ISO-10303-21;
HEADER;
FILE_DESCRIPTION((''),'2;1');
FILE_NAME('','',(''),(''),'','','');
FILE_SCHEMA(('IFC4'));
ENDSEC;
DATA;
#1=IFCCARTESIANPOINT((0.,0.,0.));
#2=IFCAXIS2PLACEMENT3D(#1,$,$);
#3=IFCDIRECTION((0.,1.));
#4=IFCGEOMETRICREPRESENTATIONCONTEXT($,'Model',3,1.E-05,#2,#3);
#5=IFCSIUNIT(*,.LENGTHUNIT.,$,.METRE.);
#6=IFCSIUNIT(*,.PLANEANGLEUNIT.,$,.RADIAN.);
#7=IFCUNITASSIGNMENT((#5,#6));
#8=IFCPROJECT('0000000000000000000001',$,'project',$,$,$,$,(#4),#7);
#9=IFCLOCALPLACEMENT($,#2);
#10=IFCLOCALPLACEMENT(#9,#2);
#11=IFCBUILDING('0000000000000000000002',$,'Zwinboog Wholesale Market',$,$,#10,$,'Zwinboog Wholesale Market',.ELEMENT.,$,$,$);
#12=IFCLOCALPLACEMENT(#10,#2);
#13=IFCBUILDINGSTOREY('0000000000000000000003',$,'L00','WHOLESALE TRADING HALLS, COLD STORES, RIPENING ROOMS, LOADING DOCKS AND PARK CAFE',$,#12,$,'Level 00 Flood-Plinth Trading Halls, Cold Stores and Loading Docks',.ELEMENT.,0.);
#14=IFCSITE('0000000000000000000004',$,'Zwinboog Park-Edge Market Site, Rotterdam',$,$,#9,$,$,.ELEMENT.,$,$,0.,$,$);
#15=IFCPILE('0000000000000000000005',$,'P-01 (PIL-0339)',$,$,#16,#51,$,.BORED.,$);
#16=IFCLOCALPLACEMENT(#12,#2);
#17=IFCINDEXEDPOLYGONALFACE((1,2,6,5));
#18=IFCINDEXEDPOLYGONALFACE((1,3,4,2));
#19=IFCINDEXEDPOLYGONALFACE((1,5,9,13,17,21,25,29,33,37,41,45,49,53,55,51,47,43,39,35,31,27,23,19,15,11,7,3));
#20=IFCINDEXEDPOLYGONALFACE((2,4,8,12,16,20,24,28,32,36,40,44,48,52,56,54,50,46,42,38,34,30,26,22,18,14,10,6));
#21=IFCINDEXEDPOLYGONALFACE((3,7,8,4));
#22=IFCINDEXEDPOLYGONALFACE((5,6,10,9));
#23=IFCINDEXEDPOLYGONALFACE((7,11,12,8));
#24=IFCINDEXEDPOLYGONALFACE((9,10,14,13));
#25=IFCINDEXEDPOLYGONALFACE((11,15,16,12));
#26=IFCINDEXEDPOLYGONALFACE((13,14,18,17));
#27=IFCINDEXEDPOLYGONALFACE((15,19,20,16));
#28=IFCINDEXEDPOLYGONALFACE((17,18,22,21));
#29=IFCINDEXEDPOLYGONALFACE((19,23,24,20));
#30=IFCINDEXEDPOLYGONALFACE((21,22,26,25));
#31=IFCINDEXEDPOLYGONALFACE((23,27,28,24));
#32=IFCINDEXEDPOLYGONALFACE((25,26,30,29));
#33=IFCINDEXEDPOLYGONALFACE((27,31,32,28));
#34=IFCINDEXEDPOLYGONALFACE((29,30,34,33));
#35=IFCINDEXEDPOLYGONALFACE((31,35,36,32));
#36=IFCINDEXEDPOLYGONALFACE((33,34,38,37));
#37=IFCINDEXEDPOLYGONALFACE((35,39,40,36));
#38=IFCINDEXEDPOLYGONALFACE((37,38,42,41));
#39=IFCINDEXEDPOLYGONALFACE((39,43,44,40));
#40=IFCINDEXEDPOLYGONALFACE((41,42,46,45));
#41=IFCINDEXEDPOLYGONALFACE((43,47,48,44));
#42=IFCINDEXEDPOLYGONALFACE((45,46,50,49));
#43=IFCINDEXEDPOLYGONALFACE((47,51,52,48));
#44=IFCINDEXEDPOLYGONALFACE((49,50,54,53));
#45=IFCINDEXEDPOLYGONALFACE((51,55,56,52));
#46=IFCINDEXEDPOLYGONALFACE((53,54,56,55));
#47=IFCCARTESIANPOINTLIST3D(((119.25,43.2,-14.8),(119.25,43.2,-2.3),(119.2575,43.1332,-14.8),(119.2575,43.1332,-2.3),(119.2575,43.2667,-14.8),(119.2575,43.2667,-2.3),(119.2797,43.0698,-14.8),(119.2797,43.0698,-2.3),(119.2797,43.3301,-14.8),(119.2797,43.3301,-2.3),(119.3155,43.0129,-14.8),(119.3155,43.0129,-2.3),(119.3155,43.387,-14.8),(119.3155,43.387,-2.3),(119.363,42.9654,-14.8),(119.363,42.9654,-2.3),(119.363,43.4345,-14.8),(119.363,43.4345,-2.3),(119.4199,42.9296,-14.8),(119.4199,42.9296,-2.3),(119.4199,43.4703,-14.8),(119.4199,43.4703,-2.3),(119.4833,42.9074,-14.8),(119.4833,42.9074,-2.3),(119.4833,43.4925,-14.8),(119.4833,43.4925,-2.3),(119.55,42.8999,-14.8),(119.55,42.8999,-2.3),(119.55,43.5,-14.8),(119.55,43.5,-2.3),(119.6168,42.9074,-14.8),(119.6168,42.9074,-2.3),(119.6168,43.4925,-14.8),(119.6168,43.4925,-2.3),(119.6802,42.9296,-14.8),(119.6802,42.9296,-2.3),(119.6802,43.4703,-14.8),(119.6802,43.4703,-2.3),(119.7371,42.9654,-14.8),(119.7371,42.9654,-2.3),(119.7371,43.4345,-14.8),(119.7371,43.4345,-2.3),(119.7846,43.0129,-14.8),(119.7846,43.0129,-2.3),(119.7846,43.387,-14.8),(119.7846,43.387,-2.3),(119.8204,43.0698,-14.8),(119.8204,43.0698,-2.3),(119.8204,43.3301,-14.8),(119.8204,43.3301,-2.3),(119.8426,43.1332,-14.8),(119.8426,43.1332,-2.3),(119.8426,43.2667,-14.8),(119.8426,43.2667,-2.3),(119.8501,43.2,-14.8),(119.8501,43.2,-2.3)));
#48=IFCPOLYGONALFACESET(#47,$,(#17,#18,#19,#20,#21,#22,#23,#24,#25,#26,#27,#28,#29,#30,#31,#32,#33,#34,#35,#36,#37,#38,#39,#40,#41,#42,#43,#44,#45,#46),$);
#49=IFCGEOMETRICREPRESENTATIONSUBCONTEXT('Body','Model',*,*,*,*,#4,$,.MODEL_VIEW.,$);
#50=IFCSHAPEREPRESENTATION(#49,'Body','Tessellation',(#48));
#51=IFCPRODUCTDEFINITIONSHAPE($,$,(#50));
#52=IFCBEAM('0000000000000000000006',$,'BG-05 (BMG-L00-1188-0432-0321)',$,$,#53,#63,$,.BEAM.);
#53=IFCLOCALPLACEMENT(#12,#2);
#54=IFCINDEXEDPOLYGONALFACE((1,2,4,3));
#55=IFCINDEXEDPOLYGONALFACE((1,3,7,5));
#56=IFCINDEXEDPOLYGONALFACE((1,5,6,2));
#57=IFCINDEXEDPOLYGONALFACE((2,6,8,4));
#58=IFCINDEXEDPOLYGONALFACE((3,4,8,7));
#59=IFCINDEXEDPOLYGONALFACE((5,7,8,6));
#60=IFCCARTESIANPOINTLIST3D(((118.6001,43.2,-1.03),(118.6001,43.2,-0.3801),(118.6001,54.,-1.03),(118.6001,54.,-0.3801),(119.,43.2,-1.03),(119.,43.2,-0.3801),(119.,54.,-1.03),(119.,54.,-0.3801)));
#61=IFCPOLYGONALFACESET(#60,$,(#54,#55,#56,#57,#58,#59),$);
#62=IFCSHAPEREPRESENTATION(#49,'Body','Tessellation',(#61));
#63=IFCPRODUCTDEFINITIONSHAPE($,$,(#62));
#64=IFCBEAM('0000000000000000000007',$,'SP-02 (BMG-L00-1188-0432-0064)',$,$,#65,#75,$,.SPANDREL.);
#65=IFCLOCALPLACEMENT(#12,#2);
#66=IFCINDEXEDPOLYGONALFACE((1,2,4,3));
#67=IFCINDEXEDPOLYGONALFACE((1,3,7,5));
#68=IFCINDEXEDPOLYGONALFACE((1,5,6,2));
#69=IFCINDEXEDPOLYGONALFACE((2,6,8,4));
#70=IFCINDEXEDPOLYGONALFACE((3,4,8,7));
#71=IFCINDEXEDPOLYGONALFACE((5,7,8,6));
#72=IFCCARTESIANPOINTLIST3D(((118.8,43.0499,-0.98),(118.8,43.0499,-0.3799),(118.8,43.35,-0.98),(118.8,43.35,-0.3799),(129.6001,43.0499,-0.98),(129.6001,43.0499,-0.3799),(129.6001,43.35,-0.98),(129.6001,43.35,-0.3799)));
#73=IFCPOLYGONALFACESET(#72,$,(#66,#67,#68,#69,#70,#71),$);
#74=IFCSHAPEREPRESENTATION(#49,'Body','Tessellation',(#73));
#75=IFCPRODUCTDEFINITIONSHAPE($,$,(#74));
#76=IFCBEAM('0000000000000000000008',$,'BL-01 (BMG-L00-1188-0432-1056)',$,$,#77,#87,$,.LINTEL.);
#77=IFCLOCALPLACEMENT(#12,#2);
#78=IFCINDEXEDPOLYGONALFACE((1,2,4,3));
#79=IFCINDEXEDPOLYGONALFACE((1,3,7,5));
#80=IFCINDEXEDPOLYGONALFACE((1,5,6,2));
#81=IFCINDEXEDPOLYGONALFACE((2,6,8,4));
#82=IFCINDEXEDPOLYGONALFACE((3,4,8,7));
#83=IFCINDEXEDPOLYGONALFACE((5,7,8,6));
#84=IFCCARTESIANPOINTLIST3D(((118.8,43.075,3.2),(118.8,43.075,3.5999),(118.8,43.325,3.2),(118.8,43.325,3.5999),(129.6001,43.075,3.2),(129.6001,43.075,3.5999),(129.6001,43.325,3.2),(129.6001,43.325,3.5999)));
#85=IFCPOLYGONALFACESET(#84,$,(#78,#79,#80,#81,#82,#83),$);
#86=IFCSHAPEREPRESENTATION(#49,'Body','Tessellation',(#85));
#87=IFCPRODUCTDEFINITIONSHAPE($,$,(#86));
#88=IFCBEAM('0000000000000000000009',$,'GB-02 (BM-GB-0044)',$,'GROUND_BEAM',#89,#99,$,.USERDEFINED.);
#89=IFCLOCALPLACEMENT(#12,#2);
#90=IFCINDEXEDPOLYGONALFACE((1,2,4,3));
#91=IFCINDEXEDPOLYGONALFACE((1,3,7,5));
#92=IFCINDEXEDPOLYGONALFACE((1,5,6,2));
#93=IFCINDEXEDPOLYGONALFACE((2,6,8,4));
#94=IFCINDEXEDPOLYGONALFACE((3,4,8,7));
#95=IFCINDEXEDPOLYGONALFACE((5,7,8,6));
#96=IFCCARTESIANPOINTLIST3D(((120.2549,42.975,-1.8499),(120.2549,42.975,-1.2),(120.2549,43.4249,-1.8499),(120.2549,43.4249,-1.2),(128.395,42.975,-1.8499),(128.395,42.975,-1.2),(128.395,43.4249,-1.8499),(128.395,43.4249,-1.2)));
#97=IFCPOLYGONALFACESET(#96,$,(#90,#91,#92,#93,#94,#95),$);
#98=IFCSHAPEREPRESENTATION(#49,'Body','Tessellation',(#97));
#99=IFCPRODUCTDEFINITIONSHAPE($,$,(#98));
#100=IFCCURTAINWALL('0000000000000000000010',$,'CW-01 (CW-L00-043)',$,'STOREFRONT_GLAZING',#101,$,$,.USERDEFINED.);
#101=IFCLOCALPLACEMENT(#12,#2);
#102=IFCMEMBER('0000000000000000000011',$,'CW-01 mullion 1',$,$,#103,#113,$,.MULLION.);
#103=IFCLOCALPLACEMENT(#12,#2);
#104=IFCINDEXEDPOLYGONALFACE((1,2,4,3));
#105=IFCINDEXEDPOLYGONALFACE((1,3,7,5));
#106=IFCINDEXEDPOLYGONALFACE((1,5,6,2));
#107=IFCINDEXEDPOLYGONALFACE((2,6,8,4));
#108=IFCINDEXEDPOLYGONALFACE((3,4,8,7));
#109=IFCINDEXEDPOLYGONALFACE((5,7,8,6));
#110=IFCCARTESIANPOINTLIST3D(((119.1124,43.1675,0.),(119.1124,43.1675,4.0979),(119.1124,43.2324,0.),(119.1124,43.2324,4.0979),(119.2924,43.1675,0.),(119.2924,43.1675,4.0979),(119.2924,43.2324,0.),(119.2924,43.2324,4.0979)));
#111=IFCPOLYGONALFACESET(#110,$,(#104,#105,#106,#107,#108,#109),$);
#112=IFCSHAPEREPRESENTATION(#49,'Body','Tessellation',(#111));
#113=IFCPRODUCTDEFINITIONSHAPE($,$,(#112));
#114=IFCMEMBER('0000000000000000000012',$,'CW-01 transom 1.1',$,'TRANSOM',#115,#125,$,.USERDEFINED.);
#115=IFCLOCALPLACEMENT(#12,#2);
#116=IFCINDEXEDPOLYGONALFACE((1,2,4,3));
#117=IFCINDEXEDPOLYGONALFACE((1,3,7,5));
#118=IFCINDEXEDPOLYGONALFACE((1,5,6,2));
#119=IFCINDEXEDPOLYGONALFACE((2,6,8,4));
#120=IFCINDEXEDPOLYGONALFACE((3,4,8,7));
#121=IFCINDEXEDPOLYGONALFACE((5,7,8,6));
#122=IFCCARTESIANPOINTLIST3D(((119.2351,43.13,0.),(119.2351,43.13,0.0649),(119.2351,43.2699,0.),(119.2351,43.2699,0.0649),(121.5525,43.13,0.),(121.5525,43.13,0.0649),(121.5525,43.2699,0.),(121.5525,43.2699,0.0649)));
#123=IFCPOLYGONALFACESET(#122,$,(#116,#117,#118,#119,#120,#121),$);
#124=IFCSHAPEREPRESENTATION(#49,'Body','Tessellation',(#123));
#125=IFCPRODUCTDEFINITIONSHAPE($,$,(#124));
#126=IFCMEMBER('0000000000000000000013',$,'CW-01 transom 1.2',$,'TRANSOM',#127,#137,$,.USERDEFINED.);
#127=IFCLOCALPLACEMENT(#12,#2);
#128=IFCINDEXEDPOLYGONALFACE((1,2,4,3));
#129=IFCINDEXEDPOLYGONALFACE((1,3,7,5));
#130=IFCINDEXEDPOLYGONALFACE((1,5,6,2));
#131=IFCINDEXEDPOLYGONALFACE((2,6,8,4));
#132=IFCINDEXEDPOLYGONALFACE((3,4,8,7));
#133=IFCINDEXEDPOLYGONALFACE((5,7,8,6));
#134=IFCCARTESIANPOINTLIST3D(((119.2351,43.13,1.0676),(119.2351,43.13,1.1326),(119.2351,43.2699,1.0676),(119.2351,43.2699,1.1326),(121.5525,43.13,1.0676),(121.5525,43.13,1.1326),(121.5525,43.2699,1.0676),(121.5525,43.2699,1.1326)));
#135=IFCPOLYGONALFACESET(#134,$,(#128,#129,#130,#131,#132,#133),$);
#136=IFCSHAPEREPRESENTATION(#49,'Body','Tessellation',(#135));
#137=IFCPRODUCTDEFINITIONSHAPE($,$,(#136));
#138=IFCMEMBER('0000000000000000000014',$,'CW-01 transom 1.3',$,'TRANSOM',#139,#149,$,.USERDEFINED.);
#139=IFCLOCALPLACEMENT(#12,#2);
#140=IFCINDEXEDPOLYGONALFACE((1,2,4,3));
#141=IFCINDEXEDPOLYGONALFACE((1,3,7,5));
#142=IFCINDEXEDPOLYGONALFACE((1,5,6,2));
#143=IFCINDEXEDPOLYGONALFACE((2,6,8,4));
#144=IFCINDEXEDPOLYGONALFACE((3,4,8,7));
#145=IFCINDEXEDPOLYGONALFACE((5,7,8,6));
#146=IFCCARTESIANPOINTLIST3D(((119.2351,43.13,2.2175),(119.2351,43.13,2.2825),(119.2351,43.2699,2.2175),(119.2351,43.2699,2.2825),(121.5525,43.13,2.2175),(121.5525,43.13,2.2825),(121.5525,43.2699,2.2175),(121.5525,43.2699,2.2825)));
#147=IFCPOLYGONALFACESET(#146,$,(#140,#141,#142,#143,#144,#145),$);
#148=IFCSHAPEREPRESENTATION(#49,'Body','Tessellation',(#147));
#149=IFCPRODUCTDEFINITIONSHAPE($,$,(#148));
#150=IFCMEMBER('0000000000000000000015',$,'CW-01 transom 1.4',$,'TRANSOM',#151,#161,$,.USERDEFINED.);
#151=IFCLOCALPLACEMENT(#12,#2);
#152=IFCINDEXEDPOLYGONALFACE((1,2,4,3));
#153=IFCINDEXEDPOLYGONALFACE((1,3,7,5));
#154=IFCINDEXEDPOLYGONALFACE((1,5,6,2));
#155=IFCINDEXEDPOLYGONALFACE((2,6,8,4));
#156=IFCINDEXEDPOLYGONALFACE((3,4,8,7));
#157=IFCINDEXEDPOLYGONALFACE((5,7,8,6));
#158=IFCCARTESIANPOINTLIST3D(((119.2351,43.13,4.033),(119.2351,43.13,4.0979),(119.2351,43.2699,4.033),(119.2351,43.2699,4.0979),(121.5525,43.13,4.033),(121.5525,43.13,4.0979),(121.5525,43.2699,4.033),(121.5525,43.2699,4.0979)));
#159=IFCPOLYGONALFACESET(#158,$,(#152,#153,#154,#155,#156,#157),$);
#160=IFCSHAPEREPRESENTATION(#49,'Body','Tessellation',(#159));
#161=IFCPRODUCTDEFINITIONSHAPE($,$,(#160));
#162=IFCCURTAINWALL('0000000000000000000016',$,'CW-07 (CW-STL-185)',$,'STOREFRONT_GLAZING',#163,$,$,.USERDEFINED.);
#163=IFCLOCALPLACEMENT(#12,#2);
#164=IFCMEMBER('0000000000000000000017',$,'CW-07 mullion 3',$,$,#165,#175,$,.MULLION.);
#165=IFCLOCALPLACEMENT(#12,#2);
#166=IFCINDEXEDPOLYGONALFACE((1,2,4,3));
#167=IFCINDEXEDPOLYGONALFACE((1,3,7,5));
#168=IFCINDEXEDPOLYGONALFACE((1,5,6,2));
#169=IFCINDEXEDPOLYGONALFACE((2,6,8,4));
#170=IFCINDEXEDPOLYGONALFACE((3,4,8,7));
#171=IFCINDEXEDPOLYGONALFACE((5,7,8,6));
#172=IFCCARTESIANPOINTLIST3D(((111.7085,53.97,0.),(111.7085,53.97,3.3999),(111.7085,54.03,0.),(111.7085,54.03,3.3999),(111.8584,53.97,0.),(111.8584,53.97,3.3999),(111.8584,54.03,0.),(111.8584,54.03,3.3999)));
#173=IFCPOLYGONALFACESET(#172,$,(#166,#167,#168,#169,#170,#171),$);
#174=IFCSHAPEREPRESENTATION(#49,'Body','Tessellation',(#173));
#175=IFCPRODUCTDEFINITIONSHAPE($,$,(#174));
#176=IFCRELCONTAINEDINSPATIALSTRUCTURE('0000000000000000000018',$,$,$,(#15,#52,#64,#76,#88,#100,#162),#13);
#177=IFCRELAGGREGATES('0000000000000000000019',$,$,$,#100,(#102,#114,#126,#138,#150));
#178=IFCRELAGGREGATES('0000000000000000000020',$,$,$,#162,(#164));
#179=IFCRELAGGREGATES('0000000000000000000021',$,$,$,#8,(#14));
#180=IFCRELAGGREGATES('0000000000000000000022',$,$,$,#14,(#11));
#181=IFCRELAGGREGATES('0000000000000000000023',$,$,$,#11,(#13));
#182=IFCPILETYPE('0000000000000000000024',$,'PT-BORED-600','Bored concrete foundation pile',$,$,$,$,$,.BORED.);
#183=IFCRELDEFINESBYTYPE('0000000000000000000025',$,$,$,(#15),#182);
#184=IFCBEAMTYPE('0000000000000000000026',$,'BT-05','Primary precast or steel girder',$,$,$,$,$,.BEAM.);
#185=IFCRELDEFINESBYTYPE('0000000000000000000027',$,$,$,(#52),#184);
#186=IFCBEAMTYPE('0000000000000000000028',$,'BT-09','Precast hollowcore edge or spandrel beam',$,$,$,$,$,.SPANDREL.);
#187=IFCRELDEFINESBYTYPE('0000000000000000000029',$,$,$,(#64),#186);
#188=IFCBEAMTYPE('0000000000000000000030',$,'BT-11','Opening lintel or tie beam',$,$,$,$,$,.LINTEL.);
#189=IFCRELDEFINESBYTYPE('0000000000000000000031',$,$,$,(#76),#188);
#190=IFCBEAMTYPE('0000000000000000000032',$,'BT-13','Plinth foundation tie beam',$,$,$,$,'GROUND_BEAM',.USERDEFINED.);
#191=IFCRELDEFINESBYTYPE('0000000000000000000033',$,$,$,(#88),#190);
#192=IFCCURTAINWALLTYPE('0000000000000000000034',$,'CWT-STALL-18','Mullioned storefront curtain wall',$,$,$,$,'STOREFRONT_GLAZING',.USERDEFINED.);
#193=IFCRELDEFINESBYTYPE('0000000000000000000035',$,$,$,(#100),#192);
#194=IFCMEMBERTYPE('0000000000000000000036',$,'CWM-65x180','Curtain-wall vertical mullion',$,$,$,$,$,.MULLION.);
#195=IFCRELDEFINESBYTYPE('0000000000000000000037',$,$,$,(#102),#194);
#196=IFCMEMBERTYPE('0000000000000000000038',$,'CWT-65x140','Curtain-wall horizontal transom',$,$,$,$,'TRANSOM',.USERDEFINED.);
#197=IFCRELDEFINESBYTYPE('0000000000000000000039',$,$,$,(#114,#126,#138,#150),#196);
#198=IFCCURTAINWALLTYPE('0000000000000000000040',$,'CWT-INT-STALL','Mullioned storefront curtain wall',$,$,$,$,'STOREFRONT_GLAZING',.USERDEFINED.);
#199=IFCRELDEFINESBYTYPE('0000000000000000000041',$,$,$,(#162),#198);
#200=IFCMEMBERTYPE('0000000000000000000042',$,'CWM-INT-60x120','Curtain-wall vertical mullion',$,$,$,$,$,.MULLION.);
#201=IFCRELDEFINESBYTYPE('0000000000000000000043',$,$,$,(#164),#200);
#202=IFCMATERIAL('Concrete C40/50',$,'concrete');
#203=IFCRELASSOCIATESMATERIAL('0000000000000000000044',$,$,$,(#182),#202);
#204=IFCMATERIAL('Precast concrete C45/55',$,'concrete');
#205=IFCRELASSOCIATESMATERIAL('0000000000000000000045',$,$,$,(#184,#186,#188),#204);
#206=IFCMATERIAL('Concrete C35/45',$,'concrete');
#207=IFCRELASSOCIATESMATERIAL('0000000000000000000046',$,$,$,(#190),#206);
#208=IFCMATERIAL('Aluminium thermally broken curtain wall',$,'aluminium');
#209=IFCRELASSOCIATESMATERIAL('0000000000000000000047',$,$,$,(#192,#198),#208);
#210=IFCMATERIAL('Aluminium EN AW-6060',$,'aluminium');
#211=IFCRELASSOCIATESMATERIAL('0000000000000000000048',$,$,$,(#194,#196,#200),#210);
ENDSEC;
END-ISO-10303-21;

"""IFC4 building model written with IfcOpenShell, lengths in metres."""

from ifc_helpers import new_model, si_unit, direction, frame, origin, origin_2d, place, context, subcontext, project, spatial, rectangle, circle, extrude, material, material_profile, profile_set, type_object, element, aggregate, save


model = new_model("IFC4")

# Units and contexts
model_context = context("Model", 3, precision=1e-05, world=origin(), true_north=direction((0.0, 1.0)))
body_context = subcontext(model_context, "Body", "Model", "MODEL_VIEW")
ifc_project = project(units=[si_unit("LENGTHUNIT", "METRE"), si_unit("PLANEANGLEUNIT", "RADIAN")], contexts=[model_context])

# Site, building, storey
site_placement = place(None, origin())
site = spatial("IfcSite", under=ifc_project, at=site_placement, Name="Zwinboog Park-Edge Market Site, Rotterdam", CompositionType="ELEMENT", RefElevation=0.0)
building_placement = place(site_placement, origin())
building = spatial("IfcBuilding", under=site, at=building_placement, Name="Zwinboog Wholesale Market", LongName="Zwinboog Wholesale Market", CompositionType="ELEMENT")
storey_placement = place(building_placement, origin())
storey = spatial("IfcBuildingStorey", under=building, at=storey_placement, Name="L00", Description="WHOLESALE TRADING HALLS, COLD STORES, RIPENING ROOMS, LOADING DOCKS AND PARK CAFE", LongName="Level 00 Flood-Plinth Trading Halls, Cold Stores and Loading Docks", CompositionType="ELEMENT", Elevation=0.0)

# Pile
ifc_material_1 = material(Name="Concrete C40/50", Category="concrete")
ifc_material_profile_1 = material_profile(ifc_material_1, circle(Radius=0.3, at=origin_2d()), Name="PILE D600")
ifc_profile_set_1 = profile_set([ifc_material_profile_1], Name="Concrete C40/50")
pile_type = type_object("IfcPileType", Name="PT-BORED-600", Description="Bored concrete foundation pile", PredefinedType="BORED", material=ifc_profile_set_1)
pile_placement = place(storey_placement, frame((119.55, 43.2, -2.3), z_axis=(0.0, 0.0, -1.0), x_axis=(1.0, 0.0, 0.0)))
element("IfcPile", 1, at=pile_placement, inside=storey, type_object=pile_type, Name="P-01 (PIL-0339)", PredefinedType="BORED", context=body_context, shape_type="SweptSolid", body=[
    extrude(circle(Radius=0.3, at=origin_2d()), origin(), (0.0, 0.0, 1.0), 12.5),
])

# Beams
ifc_material_2 = material(Name="Precast concrete C45/55", Category="concrete")
ifc_material_profile_2 = material_profile(ifc_material_2, rectangle(XDim=0.3999, YDim=0.6499, at=origin_2d()), Name="PC 400x650")
ifc_profile_set_2 = profile_set([ifc_material_profile_2], Name="Precast concrete C45/55")
beam_type_1 = type_object("IfcBeamType", Name="BT-05", Description="Primary precast or steel girder", PredefinedType="BEAM", material=ifc_profile_set_2)
beam_1_placement = place(storey_placement, frame((118.8, 43.2, -0.7051), z_axis=(0.0, 1.0, 0.0), x_axis=(-1.0, 0.0, 0.0)))
element("IfcBeam", 2, at=beam_1_placement, inside=storey, type_object=beam_type_1, Name="BG-05 (BMG-L00-1188-0432-0321)", PredefinedType="BEAM", context=body_context, shape_type="SweptSolid", body=[
    extrude(rectangle(XDim=0.3999, YDim=0.6499, at=origin_2d()), origin(), (0.0, 0.0, 1.0), 10.8),
])
ifc_material_profile_3 = material_profile(ifc_material_2, rectangle(XDim=0.3, YDim=0.6001, at=origin_2d()), Name="PC 300x600")
ifc_profile_set_3 = profile_set([ifc_material_profile_3], Name="Precast concrete C45/55")
beam_type_2 = type_object("IfcBeamType", Name="BT-09", Description="Precast hollowcore edge or spandrel beam", PredefinedType="SPANDREL", material=ifc_profile_set_3)
beam_2_placement = place(storey_placement, frame((118.8, 43.2, -0.6799), z_axis=(1.0, 0.0, 0.0), x_axis=(0.0, 1.0, 0.0)))
element("IfcBeam", 3, at=beam_2_placement, inside=storey, type_object=beam_type_2, Name="SP-02 (BMG-L00-1188-0432-0064)", PredefinedType="SPANDREL", context=body_context, shape_type="SweptSolid", body=[
    extrude(rectangle(XDim=0.3, YDim=0.6001, at=origin_2d()), origin(), (0.0, 0.0, 1.0), 10.8),
])
ifc_material_profile_4 = material_profile(ifc_material_2, rectangle(XDim=0.25, YDim=0.3999, at=origin_2d()), Name="PC 250x400")
ifc_profile_set_4 = profile_set([ifc_material_profile_4], Name="Precast concrete C45/55")
beam_type_3 = type_object("IfcBeamType", Name="BT-11", Description="Opening lintel or tie beam", PredefinedType="LINTEL", material=ifc_profile_set_4)
beam_3_placement = place(storey_placement, frame((118.8, 43.2, 3.3999), z_axis=(1.0, 0.0, 0.0), x_axis=(0.0, 1.0, 0.0)))
element("IfcBeam", 4, at=beam_3_placement, inside=storey, type_object=beam_type_3, Name="BL-01 (BMG-L00-1188-0432-1056)", PredefinedType="LINTEL", context=body_context, shape_type="SweptSolid", body=[
    extrude(rectangle(XDim=0.25, YDim=0.3999, at=origin_2d()), origin(), (0.0, 0.0, 1.0), 10.8),
])
ifc_material_3 = material(Name="Concrete C35/45", Category="concrete")
ifc_material_profile_5 = material_profile(ifc_material_3, rectangle(XDim=0.45, YDim=0.6499, at=origin_2d()), Name="RC 450x650")
ifc_profile_set_5 = profile_set([ifc_material_profile_5], Name="Concrete C35/45")
beam_type_4 = type_object("IfcBeamType", Name="BT-13", Description="Plinth foundation tie beam", ElementType="GROUND_BEAM", PredefinedType="USERDEFINED", material=ifc_profile_set_5)
beam_4_placement = place(storey_placement, frame((120.2549, 43.2, -1.5249), z_axis=(1.0, 0.0, 0.0), x_axis=(0.0, 1.0, 0.0)))
element("IfcBeam", 5, at=beam_4_placement, inside=storey, type_object=beam_type_4, Name="GB-02 (BM-GB-0044)", ObjectType="GROUND_BEAM", PredefinedType="USERDEFINED", context=body_context, shape_type="SweptSolid", body=[
    extrude(rectangle(XDim=0.45, YDim=0.6499, at=origin_2d()), origin(), (0.0, 0.0, 1.0), 8.1401),
])

# Curtain walls, members
ifc_material_4 = material(Name="Aluminium thermally broken curtain wall", Category="aluminium")
curtain_wall_type_1 = type_object("IfcCurtainWallType", Name="CWT-STALL-18", Description="Mullioned storefront curtain wall", ElementType="STOREFRONT_GLAZING", PredefinedType="USERDEFINED", material=ifc_material_4)
curtain_wall_1_placement = place(storey_placement, origin())
curtain_wall_1 = element("IfcCurtainWall", 6, at=curtain_wall_1_placement, inside=storey, type_object=curtain_wall_type_1, Name="CW-01 (CW-L00-043)", ObjectType="STOREFRONT_GLAZING", PredefinedType="USERDEFINED")
ifc_material_5 = material(Name="Aluminium EN AW-6060", Category="aluminium")
ifc_material_profile_6 = material_profile(ifc_material_5, rectangle(XDim=0.0649, YDim=0.1799, at=origin_2d()), Name="AL 65x180")
ifc_profile_set_6 = profile_set([ifc_material_profile_6], Name="Aluminium EN AW-6060")
member_type_1 = type_object("IfcMemberType", Name="CWM-65x180", Description="Curtain-wall vertical mullion", PredefinedType="MULLION", material=ifc_profile_set_6)
member_1_placement = place(storey_placement, frame((119.2024, 43.2, 0.0), z_axis=(0.0, 0.0, 1.0), x_axis=(0.0, 1.0, 0.0)))
member_1 = element("IfcMember", 7, at=member_1_placement, type_object=member_type_1, Name="CW-01 mullion 1", PredefinedType="MULLION", context=body_context, shape_type="SweptSolid", body=[
    extrude(rectangle(XDim=0.0649, YDim=0.1799, at=origin_2d()), origin(), (0.0, 0.0, 1.0), 4.0979),
])
ifc_material_profile_7 = material_profile(ifc_material_5, rectangle(XDim=0.1399, YDim=0.0649, at=origin_2d()), Name="AL 65x140")
ifc_profile_set_7 = profile_set([ifc_material_profile_7], Name="Aluminium EN AW-6060")
member_type_2 = type_object("IfcMemberType", Name="CWT-65x140", Description="Curtain-wall horizontal transom", ElementType="TRANSOM", PredefinedType="USERDEFINED", material=ifc_profile_set_7)
member_2_placement = place(storey_placement, frame((119.2351, 43.2, 0.0325), z_axis=(1.0, 0.0, 0.0), x_axis=(0.0, 1.0, 0.0)))
member_2 = element("IfcMember", 8, at=member_2_placement, type_object=member_type_2, Name="CW-01 transom 1.1", ObjectType="TRANSOM", PredefinedType="USERDEFINED", context=body_context, shape_type="SweptSolid", body=[
    extrude(rectangle(XDim=0.1399, YDim=0.0649, at=origin_2d()), origin(), (0.0, 0.0, 1.0), 2.3174),
])
member_3_placement = place(storey_placement, frame((119.2351, 43.2, 1.1001), z_axis=(1.0, 0.0, 0.0), x_axis=(0.0, 1.0, 0.0)))
member_3 = element("IfcMember", 9, at=member_3_placement, type_object=member_type_2, Name="CW-01 transom 1.2", ObjectType="TRANSOM", PredefinedType="USERDEFINED", context=body_context, shape_type="SweptSolid", body=[
    extrude(rectangle(XDim=0.1399, YDim=0.0649, at=origin_2d()), origin(), (0.0, 0.0, 1.0), 2.3174),
])
member_4_placement = place(storey_placement, frame((119.2351, 43.2, 2.25), z_axis=(1.0, 0.0, 0.0), x_axis=(0.0, 1.0, 0.0)))
member_4 = element("IfcMember", 10, at=member_4_placement, type_object=member_type_2, Name="CW-01 transom 1.3", ObjectType="TRANSOM", PredefinedType="USERDEFINED", context=body_context, shape_type="SweptSolid", body=[
    extrude(rectangle(XDim=0.1399, YDim=0.0649, at=origin_2d()), origin(), (0.0, 0.0, 1.0), 2.3174),
])
member_5_placement = place(storey_placement, frame((119.2351, 43.2, 4.0654), z_axis=(1.0, 0.0, 0.0), x_axis=(0.0, 1.0, 0.0)))
member_5 = element("IfcMember", 11, at=member_5_placement, type_object=member_type_2, Name="CW-01 transom 1.4", ObjectType="TRANSOM", PredefinedType="USERDEFINED", context=body_context, shape_type="SweptSolid", body=[
    extrude(rectangle(XDim=0.1399, YDim=0.0649, at=origin_2d()), origin(), (0.0, 0.0, 1.0), 2.3174),
])
curtain_wall_type_2 = type_object("IfcCurtainWallType", Name="CWT-INT-STALL", Description="Mullioned storefront curtain wall", ElementType="STOREFRONT_GLAZING", PredefinedType="USERDEFINED", material=ifc_material_4)
curtain_wall_2_placement = place(storey_placement, origin())
curtain_wall_2 = element("IfcCurtainWall", 12, at=curtain_wall_2_placement, inside=storey, type_object=curtain_wall_type_2, Name="CW-07 (CW-STL-185)", ObjectType="STOREFRONT_GLAZING", PredefinedType="USERDEFINED")
ifc_material_profile_8 = material_profile(ifc_material_5, rectangle(XDim=0.0601, YDim=0.1499, at=origin_2d()), Name="AL 60x150")
ifc_profile_set_8 = profile_set([ifc_material_profile_8], Name="Aluminium EN AW-6060")
member_type_3 = type_object("IfcMemberType", Name="CWM-INT-60x120", Description="Curtain-wall vertical mullion", PredefinedType="MULLION", material=ifc_profile_set_8)
member_6_placement = place(storey_placement, frame((111.7834, 54.0, 0.0), z_axis=(0.0, 0.0, 1.0), x_axis=(0.0, 1.0, 0.0)))
member_6 = element("IfcMember", 13, at=member_6_placement, type_object=member_type_3, Name="CW-07 mullion 3", PredefinedType="MULLION", context=body_context, shape_type="SweptSolid", body=[
    extrude(rectangle(XDim=0.0601, YDim=0.1499, at=origin_2d()), origin(), (0.0, 0.0, 1.0), 3.3999),
])

aggregate(curtain_wall_1, [member_1, member_2, member_3, member_4, member_5])
aggregate(curtain_wall_2, [member_6])

save(model, "model.ifc")
